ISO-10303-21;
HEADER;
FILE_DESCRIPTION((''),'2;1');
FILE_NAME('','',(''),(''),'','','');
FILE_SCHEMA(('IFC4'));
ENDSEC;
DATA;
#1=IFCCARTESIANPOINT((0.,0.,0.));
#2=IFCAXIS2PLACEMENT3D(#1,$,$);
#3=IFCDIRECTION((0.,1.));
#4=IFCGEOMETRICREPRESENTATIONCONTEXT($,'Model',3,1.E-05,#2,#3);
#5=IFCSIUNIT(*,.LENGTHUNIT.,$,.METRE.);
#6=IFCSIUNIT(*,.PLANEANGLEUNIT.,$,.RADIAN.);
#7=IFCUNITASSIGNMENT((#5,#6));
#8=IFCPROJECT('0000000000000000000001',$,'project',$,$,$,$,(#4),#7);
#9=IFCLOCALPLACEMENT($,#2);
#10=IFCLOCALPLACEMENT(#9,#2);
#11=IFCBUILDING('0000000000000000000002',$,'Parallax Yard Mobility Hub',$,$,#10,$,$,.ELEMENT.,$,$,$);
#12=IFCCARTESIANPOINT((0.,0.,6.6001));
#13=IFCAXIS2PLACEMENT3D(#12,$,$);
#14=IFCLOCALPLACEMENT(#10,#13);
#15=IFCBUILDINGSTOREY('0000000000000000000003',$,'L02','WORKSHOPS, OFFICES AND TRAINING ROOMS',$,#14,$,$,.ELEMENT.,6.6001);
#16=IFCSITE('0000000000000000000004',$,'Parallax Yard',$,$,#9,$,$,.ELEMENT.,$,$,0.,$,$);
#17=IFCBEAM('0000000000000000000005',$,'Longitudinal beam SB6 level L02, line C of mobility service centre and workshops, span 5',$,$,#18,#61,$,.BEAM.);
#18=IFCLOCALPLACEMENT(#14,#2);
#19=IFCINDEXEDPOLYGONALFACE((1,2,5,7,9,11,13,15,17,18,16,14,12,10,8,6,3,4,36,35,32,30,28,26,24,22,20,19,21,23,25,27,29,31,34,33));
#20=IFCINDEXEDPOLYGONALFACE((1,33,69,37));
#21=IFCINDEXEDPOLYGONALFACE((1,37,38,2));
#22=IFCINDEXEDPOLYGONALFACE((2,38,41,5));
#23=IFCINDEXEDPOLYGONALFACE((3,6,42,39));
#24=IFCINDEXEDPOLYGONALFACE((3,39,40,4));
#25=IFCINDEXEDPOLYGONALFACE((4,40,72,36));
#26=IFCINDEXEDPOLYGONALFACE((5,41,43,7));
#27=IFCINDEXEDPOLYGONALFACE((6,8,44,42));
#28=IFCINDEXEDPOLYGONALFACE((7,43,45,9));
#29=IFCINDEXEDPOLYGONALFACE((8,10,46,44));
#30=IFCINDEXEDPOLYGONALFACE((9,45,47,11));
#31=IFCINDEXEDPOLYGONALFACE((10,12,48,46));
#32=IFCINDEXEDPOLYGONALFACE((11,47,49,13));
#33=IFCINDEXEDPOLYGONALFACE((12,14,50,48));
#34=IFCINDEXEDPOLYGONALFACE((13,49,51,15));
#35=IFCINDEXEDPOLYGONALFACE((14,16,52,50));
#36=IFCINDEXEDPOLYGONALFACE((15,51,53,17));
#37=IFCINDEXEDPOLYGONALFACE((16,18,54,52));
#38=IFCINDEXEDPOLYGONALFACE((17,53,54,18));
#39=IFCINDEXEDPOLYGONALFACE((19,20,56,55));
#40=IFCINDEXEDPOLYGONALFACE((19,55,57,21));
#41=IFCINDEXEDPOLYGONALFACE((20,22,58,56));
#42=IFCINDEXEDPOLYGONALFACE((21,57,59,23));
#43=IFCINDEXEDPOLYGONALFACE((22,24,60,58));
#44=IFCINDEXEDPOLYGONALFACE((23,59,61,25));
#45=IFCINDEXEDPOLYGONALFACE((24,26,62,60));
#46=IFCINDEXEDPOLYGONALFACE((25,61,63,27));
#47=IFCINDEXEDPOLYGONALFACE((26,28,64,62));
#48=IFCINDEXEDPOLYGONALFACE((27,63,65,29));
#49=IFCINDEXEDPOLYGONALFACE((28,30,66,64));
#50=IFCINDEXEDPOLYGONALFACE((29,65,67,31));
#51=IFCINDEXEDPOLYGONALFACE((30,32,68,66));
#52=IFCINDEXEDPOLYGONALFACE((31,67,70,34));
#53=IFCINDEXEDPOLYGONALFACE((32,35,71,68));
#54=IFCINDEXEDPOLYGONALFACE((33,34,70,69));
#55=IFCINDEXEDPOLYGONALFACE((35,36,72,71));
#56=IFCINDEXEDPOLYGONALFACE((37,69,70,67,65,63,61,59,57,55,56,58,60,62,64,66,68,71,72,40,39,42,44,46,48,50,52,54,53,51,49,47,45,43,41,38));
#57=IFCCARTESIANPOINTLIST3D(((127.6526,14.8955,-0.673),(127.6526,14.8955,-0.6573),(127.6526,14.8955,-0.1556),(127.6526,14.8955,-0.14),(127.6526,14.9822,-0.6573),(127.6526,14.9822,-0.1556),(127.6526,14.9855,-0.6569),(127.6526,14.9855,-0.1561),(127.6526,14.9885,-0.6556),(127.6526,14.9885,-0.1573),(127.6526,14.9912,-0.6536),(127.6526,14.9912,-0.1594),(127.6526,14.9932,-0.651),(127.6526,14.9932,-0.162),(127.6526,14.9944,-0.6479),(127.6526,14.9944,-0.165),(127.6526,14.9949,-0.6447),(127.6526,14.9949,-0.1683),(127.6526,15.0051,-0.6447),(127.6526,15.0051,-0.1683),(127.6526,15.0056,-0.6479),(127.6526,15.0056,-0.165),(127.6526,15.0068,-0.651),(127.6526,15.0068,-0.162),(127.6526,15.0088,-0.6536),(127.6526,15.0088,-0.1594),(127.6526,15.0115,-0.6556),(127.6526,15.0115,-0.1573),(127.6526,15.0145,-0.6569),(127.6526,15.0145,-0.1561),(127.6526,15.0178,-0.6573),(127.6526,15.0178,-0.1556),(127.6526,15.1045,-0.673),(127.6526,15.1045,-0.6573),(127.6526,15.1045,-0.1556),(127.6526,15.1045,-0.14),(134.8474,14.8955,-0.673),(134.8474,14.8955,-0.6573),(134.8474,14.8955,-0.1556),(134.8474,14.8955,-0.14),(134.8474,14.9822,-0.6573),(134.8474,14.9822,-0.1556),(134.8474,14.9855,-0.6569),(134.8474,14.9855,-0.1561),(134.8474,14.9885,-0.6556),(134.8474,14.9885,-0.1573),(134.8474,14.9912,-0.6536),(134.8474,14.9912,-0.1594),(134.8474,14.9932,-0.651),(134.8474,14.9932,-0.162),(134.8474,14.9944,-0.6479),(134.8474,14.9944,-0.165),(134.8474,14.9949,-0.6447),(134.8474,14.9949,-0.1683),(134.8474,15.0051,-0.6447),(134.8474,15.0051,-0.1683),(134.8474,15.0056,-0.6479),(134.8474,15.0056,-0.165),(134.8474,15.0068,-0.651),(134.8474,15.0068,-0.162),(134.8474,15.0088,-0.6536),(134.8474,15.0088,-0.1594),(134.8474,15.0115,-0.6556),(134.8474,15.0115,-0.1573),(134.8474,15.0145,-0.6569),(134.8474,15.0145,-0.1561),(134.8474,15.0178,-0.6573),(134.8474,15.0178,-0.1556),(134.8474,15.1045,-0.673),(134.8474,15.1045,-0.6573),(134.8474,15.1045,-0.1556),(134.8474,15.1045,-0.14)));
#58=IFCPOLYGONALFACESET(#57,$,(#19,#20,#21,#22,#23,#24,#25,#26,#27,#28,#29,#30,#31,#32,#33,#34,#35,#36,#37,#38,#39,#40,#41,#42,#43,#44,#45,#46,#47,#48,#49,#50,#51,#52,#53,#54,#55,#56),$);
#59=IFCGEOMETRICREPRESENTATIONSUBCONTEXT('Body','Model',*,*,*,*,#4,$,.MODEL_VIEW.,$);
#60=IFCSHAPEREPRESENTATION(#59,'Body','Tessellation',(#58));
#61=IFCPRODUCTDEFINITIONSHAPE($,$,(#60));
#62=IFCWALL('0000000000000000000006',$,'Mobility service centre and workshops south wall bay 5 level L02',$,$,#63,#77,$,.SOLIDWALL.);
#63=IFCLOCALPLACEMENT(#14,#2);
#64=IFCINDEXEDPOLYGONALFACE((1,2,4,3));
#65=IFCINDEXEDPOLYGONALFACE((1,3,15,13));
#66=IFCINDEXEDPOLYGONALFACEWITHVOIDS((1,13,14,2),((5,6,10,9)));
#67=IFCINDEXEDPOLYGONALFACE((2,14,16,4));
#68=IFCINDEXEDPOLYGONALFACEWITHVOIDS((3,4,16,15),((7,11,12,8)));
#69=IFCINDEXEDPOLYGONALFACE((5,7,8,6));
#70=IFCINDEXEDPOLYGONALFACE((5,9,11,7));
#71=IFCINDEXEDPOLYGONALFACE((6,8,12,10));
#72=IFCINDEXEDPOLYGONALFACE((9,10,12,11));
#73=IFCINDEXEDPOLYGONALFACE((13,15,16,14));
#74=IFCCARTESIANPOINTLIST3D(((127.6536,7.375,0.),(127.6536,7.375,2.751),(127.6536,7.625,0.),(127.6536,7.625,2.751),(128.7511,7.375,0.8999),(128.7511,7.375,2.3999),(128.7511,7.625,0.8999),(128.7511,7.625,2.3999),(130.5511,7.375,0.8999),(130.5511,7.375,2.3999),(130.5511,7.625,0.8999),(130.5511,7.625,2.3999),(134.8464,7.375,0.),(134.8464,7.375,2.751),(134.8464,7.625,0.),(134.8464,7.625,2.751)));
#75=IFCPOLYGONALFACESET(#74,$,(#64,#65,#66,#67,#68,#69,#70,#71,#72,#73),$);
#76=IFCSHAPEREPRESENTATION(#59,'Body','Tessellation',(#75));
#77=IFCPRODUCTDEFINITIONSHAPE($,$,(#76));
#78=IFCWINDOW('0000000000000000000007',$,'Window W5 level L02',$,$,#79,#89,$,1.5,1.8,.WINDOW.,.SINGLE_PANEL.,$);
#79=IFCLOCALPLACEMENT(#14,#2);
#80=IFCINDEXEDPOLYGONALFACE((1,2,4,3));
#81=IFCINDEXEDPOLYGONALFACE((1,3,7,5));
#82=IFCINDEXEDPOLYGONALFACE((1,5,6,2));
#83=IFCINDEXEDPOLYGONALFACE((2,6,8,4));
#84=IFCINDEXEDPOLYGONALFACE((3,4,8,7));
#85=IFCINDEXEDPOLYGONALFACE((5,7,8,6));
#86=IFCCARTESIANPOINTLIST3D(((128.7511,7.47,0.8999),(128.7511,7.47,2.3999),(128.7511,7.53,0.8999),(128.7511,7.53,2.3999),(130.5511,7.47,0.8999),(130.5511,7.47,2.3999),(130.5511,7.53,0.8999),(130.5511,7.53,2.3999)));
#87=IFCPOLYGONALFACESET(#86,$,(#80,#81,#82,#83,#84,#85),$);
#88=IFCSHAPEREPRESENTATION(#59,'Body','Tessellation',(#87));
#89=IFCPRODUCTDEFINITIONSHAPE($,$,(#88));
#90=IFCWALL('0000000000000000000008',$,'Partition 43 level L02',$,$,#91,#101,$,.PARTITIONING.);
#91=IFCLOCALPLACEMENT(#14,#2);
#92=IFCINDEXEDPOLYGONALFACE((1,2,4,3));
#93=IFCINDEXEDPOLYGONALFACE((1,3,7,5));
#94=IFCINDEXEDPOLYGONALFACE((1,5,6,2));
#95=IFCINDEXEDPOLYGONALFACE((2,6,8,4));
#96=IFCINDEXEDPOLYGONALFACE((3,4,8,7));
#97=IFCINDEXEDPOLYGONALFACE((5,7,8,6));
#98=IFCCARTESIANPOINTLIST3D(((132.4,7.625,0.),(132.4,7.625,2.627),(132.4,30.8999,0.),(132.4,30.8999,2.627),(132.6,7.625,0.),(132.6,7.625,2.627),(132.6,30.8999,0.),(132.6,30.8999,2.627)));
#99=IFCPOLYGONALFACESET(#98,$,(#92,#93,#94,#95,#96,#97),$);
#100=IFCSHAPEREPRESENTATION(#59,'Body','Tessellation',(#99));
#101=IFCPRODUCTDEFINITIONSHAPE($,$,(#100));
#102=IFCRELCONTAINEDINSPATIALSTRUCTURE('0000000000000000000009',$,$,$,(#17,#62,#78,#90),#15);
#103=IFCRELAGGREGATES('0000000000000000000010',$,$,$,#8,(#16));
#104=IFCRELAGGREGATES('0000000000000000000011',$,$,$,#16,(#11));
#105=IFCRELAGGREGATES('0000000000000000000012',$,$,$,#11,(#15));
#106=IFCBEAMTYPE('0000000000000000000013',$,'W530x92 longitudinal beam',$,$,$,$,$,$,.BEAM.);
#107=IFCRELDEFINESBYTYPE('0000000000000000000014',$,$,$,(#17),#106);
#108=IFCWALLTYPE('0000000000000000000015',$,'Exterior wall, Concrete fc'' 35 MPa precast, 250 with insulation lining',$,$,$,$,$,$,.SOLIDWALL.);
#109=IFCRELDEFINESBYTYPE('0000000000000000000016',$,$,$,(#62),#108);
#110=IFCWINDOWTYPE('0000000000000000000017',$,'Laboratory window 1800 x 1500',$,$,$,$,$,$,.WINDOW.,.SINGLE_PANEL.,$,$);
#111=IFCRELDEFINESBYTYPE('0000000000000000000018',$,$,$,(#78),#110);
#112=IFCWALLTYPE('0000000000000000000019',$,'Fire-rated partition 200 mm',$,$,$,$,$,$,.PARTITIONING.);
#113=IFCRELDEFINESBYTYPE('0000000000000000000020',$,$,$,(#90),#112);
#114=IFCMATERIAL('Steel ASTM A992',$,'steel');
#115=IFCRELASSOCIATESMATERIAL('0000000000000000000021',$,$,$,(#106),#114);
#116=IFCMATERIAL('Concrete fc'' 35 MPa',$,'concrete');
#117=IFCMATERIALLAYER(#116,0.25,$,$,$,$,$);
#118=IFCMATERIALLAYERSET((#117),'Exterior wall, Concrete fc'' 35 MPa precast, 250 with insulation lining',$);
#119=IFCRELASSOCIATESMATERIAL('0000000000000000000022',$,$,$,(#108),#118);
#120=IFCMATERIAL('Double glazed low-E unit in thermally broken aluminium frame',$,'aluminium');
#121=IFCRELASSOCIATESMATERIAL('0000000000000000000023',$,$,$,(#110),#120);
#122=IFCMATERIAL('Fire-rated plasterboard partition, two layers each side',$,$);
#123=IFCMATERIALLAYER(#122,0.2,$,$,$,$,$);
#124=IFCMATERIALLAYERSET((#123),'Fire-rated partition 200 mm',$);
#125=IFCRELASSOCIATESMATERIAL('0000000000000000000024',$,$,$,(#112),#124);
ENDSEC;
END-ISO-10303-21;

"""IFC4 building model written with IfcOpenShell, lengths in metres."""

from ifc_helpers import new_model, si_unit, direction, frame, frame_2d, origin, origin_2d, place, context, subcontext, project, spatial, rectangle, i_section, extrude, material, layer, layer_set, material_profile, profile_set, type_object, element, fill, save


model = new_model("IFC4")

# Units and contexts
model_context = context("Model", 3, precision=1e-05, world=origin(), true_north=direction((0.0, 1.0)))
body_context = subcontext(model_context, "Body", "Model", "MODEL_VIEW")
ifc_project = project(units=[si_unit("LENGTHUNIT", "METRE"), si_unit("PLANEANGLEUNIT", "RADIAN")], contexts=[model_context])

# Site, building, storey
site_placement = place(None, origin())
site = spatial("IfcSite", under=ifc_project, at=site_placement, Name="Parallax Yard", CompositionType="ELEMENT", RefElevation=0.0)
building_placement = place(site_placement, origin())
building = spatial("IfcBuilding", under=site, at=building_placement, Name="Parallax Yard Mobility Hub", CompositionType="ELEMENT")
storey_placement = place(building_placement, frame((0.0, 0.0, 6.6001)))
storey = spatial("IfcBuildingStorey", under=building, at=storey_placement, Name="L02", Description="WORKSHOPS, OFFICES AND TRAINING ROOMS", CompositionType="ELEMENT", Elevation=6.6001)

# Shared definitions
ifc_material_1 = material(Name="Steel ASTM A992", Category="steel")

# Beam
ifc_material_profile_1 = material_profile(ifc_material_1, i_section(OverallWidth=0.209, OverallDepth=0.533, WebThickness=0.0103, FlangeThickness=0.0156, FilletRadius=0.0127, at=origin_2d()), Name="W530x92")
ifc_profile_set_1 = profile_set([ifc_material_profile_1], Name="Steel ASTM A992")
beam_type_1 = type_object("IfcBeamType", Name="W530x92 longitudinal beam", PredefinedType="BEAM", material=ifc_profile_set_1)
beam_1_placement = place(storey_placement, frame((127.6526, 15.0, -0.4065), z_axis=(1.0, 0.0, 0.0), x_axis=(0.0, 1.0, 0.0)))
element("IfcBeam", 1, at=beam_1_placement, inside=storey, type_object=beam_type_1, Name="Longitudinal beam SB6 level L02, line C of mobility service centre and workshops, span 5", PredefinedType="BEAM", context=body_context, shape_type="SweptSolid", body=[
    extrude(i_section(OverallWidth=0.209, OverallDepth=0.533, WebThickness=0.0103, FlangeThickness=0.0156, FilletRadius=0.0127, at=origin_2d()), origin(), (0.0, 0.0, 1.0), 7.1948),
])

# Wall, opening, window
ifc_material_2 = material(Name="Concrete fc' 35 MPa", Category="concrete")
ifc_layer_1 = layer(ifc_material_2, 0.25)
ifc_layer_set_1 = layer_set([ifc_layer_1], Name="Exterior wall, Concrete fc' 35 MPa precast, 250 with insulation lining")
wall_type_1 = type_object("IfcWallType", Name="Exterior wall, Concrete fc' 35 MPa precast, 250 with insulation lining", PredefinedType="SOLIDWALL", material=ifc_layer_set_1)
wall_1_placement = place(storey_placement, frame((127.6536, 7.5, 0.0), z_axis=(0.0, 0.0, 1.0), x_axis=(1.0, 0.0, 0.0)))
wall_1 = element("IfcWall", 2, at=wall_1_placement, inside=storey, type_object=wall_type_1, Name="Mobility service centre and workshops south wall bay 5 level L02", PredefinedType="SOLIDWALL", context=body_context, shape_type="SweptSolid", body=[
    extrude(rectangle(XDim=7.1929, YDim=0.25, at=frame_2d((3.5964, 0.0))), origin(), (0.0, 0.0, 1.0), 2.751),
])
opening_placement = place(wall_1_placement, frame((1.0977, 0.0, 0.8999)))
opening = element("IfcOpeningElement", 3, at=opening_placement, cuts=wall_1, PredefinedType="OPENING", context=body_context, shape_type="SweptSolid", body=[
    extrude(rectangle(XDim=1.8, YDim=1.5, at=frame_2d((0.8999, 0.75))), frame((0.0, 0.135, 0.0), z_axis=(0.0, -1.0, 0.0), x_axis=(1.0, 0.0, 0.0)), (0.0, 0.0, 1.0), 0.27),
])
ifc_material_3 = material(Name="Double glazed low-E unit in thermally broken aluminium frame", Category="aluminium")
window_type = type_object("IfcWindowType", Name="Laboratory window 1800 x 1500", PartitioningType="SINGLE_PANEL", PredefinedType="WINDOW", material=ifc_material_3)
window_placement = place(opening_placement, origin())
window = element("IfcWindow", 4, at=window_placement, inside=storey, type_object=window_type, Name="Window W5 level L02", OverallHeight=1.5, OverallWidth=1.8, PartitioningType="SINGLE_PANEL", PredefinedType="WINDOW", context=body_context, shape_type="SweptSolid", body=[
    extrude(rectangle(XDim=1.8, YDim=1.5, at=frame_2d((0.8999, 0.75))), frame((0.0, 0.03, 0.0), z_axis=(0.0, -1.0, 0.0), x_axis=(1.0, 0.0, 0.0)), (0.0, 0.0, 1.0), 0.0601),
])
fill(opening, window)

# Wall
ifc_material_4 = material(Name="Fire-rated plasterboard partition, two layers each side")
ifc_layer_2 = layer(ifc_material_4, 0.2)
ifc_layer_set_2 = layer_set([ifc_layer_2], Name="Fire-rated partition 200 mm")
wall_type_2 = type_object("IfcWallType", Name="Fire-rated partition 200 mm", PredefinedType="PARTITIONING", material=ifc_layer_set_2)
wall_2_placement = place(storey_placement, frame((132.5, 7.625, 0.0), z_axis=(0.0, 0.0, 1.0), x_axis=(0.0, 1.0, 0.0)))
element("IfcWall", 5, at=wall_2_placement, inside=storey, type_object=wall_type_2, Name="Partition 43 level L02", PredefinedType="PARTITIONING", context=body_context, shape_type="SweptSolid", body=[
    extrude(rectangle(XDim=23.2749, YDim=0.2, at=frame_2d((11.6375, 0.0))), origin(), (0.0, 0.0, 1.0), 2.627),
])

save(model, "model.ifc")
